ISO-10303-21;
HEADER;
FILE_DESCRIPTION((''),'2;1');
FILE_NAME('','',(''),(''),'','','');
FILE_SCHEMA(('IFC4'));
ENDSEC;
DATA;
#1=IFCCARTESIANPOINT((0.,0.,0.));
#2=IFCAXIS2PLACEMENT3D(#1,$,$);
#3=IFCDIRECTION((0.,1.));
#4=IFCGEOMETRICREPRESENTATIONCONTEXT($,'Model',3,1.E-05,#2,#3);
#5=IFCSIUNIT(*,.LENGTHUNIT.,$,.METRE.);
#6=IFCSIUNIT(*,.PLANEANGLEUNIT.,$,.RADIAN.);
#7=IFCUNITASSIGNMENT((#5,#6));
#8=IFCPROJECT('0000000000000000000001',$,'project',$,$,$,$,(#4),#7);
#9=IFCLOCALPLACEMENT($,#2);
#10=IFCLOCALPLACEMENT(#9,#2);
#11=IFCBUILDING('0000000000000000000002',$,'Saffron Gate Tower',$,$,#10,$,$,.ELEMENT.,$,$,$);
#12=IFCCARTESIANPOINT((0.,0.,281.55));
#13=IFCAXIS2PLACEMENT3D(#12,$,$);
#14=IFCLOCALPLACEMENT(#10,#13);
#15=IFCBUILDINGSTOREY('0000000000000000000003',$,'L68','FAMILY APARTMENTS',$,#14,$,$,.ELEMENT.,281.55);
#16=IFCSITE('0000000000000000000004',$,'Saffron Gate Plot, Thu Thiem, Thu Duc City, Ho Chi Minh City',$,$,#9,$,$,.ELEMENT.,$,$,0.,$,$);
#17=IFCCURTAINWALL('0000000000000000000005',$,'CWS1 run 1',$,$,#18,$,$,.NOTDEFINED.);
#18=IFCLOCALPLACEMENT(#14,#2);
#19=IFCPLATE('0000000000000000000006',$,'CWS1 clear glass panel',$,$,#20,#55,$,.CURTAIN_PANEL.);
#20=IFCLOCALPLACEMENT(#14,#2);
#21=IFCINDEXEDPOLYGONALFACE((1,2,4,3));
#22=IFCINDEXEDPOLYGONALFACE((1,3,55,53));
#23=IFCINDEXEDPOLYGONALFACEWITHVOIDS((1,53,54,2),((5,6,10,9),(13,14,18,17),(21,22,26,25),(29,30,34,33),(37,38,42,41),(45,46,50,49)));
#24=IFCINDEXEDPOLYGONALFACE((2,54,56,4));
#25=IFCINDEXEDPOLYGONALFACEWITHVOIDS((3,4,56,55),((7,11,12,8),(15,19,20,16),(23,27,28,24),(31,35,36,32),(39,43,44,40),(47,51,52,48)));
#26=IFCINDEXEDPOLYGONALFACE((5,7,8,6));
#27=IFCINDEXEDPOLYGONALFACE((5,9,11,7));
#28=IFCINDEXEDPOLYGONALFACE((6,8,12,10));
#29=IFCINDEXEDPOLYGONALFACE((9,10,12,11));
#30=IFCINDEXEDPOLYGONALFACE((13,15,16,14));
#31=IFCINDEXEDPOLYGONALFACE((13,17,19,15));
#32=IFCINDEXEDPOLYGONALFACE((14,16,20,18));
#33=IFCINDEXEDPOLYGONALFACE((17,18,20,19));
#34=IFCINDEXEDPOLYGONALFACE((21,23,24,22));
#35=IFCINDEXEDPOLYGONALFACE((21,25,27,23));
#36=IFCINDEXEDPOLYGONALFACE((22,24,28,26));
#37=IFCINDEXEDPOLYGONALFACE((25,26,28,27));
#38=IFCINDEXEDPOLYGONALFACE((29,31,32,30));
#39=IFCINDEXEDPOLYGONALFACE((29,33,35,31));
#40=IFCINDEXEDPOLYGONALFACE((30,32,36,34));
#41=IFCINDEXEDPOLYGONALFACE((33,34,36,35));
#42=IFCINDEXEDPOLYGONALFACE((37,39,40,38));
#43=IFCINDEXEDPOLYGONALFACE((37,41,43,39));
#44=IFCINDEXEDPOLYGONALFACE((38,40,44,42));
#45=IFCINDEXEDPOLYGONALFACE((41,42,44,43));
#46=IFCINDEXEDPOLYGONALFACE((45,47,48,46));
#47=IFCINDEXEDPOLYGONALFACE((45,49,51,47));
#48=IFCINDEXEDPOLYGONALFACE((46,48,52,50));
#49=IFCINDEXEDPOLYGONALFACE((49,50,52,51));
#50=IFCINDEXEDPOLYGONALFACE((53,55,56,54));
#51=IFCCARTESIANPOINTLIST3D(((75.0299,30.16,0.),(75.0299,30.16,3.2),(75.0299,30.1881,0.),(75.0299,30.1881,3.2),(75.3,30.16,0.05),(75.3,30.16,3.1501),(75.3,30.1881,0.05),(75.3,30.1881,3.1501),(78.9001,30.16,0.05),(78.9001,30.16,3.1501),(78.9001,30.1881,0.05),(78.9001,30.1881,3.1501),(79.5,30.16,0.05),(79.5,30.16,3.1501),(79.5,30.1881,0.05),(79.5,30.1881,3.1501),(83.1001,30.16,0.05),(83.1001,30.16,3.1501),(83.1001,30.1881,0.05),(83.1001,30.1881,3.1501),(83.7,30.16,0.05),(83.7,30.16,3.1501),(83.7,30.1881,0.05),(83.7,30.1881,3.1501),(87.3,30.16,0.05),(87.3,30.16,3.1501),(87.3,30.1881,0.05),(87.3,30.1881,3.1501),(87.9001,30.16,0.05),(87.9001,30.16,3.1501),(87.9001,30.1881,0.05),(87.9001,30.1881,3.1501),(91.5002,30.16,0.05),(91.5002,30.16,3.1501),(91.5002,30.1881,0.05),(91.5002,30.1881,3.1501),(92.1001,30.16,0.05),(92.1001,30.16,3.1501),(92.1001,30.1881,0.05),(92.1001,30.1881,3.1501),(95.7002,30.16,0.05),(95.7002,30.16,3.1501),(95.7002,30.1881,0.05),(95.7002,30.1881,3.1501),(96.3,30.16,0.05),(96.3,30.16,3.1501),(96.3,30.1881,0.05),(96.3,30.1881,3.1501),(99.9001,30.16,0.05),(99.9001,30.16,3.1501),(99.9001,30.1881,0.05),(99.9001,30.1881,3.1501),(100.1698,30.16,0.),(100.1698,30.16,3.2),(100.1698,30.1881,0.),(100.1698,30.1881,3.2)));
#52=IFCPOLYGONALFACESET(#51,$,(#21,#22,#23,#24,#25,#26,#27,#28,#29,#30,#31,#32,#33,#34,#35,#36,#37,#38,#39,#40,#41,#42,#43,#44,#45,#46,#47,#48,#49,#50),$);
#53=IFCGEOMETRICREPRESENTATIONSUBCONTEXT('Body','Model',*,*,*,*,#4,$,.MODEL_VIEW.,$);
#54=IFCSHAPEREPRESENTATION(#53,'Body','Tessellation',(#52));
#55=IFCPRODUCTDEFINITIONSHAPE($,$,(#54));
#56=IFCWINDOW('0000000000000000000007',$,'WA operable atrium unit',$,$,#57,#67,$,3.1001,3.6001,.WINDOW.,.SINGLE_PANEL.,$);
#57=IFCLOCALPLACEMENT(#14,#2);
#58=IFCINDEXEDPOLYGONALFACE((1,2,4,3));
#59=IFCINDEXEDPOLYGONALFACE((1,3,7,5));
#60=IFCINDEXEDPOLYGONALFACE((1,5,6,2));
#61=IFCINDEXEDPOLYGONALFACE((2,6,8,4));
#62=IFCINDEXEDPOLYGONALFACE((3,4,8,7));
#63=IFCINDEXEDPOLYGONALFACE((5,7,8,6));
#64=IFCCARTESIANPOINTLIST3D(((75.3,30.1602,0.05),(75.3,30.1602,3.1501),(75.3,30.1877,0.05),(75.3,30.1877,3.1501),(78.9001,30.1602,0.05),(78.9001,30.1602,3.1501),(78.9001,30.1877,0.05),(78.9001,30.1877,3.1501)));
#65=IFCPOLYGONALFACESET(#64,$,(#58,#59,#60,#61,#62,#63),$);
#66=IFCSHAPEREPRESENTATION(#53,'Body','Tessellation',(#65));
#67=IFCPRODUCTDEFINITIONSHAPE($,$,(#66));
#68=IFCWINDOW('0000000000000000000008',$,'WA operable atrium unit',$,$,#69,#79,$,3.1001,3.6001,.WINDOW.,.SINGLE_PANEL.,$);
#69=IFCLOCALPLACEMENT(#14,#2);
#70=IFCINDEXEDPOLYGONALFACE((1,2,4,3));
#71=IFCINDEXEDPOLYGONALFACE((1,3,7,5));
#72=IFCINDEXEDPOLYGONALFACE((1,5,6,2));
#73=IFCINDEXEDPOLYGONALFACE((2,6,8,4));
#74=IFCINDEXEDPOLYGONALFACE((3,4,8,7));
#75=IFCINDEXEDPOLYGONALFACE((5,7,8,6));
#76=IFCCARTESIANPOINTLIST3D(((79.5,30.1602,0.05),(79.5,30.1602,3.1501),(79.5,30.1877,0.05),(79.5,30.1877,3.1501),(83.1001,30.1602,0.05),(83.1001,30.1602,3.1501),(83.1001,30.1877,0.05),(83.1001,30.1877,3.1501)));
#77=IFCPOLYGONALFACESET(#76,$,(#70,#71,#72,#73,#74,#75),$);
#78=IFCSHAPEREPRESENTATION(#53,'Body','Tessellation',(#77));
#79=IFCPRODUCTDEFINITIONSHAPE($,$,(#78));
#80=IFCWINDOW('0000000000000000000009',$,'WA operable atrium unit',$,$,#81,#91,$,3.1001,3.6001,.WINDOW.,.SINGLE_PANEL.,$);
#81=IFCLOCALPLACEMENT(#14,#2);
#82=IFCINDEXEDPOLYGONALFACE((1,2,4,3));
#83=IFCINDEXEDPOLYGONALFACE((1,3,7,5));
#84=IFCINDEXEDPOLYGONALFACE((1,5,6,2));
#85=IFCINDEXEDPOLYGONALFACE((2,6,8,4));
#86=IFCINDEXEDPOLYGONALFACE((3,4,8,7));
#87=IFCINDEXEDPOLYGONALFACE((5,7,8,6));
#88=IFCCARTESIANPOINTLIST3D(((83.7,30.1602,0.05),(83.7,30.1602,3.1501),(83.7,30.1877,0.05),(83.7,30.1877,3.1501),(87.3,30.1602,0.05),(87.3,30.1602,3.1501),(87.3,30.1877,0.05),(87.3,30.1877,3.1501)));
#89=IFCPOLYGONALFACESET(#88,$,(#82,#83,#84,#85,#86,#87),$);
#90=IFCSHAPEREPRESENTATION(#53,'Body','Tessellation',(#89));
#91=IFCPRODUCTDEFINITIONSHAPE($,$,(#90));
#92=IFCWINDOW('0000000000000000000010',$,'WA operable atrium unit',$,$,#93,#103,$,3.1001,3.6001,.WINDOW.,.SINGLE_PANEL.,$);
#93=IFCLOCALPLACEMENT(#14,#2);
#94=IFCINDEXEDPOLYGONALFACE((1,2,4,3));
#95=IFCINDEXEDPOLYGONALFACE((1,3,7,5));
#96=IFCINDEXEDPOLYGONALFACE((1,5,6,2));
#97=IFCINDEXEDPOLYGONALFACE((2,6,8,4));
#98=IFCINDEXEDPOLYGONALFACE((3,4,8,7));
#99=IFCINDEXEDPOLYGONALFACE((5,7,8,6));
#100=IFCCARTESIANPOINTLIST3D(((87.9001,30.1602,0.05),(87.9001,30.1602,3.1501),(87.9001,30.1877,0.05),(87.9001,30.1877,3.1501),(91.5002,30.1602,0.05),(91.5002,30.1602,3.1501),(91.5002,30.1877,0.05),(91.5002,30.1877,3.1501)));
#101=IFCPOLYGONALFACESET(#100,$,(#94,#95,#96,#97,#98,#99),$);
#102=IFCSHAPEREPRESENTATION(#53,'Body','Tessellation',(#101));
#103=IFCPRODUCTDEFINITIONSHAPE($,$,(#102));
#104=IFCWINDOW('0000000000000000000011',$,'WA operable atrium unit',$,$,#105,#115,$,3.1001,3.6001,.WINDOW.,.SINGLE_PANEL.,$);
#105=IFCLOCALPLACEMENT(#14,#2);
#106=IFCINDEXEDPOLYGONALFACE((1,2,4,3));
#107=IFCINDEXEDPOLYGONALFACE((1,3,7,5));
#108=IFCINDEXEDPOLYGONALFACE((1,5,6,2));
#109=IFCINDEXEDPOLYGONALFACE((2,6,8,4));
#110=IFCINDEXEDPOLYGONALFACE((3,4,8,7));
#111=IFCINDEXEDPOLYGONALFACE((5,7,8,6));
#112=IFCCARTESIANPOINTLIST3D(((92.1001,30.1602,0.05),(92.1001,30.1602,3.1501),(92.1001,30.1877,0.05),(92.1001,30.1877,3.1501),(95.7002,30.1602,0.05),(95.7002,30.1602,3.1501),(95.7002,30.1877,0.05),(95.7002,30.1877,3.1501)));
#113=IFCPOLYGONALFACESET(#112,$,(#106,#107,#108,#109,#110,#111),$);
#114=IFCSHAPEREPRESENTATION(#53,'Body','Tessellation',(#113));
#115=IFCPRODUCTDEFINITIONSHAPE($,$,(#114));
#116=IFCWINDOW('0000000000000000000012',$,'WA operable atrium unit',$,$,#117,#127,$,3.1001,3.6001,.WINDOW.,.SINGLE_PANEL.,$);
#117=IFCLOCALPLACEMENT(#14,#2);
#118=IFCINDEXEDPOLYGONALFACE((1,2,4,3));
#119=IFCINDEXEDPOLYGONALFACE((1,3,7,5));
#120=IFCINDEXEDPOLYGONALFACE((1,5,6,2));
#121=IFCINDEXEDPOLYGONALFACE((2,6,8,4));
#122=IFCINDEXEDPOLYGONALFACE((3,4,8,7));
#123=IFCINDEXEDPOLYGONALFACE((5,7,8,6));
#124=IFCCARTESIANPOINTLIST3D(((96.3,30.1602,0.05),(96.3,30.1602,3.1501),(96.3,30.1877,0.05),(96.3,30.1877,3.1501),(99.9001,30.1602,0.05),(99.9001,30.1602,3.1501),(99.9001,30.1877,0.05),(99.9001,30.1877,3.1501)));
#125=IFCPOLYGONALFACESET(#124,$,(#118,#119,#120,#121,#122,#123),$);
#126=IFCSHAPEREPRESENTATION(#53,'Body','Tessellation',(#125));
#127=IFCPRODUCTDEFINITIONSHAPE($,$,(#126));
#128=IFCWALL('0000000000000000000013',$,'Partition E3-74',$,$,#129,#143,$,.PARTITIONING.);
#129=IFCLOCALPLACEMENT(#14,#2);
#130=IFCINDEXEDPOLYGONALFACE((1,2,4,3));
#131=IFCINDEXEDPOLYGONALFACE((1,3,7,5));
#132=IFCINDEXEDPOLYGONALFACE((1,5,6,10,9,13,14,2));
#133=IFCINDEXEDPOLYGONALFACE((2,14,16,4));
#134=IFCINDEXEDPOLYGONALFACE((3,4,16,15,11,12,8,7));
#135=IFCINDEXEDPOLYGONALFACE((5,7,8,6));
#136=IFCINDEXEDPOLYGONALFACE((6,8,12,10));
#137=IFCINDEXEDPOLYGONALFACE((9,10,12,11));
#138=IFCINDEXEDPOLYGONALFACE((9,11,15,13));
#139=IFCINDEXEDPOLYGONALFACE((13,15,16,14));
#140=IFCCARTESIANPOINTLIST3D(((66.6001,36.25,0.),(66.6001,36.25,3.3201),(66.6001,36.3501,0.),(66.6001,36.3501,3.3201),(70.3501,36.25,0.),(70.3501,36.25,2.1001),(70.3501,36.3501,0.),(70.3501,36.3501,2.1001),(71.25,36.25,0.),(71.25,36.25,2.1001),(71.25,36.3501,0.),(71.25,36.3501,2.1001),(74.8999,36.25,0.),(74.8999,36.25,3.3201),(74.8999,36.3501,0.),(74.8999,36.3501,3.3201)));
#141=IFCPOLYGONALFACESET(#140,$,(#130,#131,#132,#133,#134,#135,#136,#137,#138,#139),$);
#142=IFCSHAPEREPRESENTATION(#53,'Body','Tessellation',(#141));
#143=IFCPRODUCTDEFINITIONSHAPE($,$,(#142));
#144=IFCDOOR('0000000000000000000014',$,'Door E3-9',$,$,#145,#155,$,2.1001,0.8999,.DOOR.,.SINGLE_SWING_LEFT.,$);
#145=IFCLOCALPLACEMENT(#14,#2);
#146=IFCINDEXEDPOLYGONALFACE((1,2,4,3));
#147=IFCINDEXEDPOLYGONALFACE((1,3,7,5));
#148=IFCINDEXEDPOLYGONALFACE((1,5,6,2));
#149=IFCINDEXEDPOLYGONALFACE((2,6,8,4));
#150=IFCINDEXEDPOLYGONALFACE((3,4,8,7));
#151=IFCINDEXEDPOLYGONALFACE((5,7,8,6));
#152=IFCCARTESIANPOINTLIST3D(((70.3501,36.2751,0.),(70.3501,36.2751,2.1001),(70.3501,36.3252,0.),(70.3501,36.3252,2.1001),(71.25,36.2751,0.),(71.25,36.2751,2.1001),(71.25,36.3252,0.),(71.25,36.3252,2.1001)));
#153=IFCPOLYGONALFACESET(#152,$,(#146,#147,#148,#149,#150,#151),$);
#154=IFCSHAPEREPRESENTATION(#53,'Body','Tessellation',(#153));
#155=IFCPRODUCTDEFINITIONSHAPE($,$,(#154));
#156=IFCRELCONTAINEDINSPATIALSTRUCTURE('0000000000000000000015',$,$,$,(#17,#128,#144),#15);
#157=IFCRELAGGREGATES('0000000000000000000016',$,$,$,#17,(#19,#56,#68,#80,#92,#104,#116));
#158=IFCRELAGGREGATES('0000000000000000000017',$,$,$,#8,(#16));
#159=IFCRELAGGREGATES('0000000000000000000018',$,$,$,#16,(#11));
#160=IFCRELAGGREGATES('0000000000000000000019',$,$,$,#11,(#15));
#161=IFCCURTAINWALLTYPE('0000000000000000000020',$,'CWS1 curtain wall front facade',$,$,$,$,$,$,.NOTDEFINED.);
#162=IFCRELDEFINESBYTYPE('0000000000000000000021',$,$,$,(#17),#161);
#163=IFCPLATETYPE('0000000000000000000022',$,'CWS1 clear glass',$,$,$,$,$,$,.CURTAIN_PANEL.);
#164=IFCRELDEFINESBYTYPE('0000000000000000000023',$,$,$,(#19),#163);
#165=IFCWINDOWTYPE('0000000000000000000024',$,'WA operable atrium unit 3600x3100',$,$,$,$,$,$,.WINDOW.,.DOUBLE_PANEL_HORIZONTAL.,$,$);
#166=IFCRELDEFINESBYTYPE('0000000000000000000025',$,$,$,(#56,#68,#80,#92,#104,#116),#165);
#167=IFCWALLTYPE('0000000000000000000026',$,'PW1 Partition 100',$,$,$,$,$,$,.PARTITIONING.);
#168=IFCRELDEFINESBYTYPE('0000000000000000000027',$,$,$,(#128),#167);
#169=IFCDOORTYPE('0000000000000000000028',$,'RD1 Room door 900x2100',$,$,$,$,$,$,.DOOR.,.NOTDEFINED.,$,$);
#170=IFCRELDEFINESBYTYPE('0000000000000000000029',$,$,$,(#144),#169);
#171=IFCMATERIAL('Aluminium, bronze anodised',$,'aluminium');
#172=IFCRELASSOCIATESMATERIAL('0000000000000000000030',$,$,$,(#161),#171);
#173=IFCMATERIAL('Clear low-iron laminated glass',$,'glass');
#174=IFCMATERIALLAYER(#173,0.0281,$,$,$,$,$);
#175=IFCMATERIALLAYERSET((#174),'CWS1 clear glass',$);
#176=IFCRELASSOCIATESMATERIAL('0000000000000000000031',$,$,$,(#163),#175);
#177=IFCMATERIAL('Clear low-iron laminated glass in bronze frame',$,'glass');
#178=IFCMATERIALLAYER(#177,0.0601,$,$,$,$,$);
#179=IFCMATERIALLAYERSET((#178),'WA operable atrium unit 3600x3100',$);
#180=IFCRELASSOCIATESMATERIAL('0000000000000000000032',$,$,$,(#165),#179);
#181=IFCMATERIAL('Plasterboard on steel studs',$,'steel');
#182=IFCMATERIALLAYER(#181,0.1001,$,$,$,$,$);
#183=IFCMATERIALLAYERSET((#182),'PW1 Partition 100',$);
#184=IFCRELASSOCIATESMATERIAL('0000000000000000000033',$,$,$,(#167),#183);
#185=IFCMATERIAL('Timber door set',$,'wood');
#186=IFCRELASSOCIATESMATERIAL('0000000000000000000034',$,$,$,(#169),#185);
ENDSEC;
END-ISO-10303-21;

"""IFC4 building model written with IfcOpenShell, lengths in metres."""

from ifc_helpers import new_model, si_unit, direction, frame, frame_2d, origin, place, context, subcontext, project, spatial, rectangle, extrude, material, layer, layer_set, type_object, element, fill, aggregate, save


model = new_model("IFC4")

# Units and contexts
model_context = context("Model", 3, precision=1e-05, world=origin(), true_north=direction((0.0, 1.0)))
body_context = subcontext(model_context, "Body", "Model", "MODEL_VIEW")
ifc_project = project(units=[si_unit("LENGTHUNIT", "METRE"), si_unit("PLANEANGLEUNIT", "RADIAN")], contexts=[model_context])

# Site, building, storey
site_placement = place(None, origin())
site = spatial("IfcSite", under=ifc_project, at=site_placement, Name="Saffron Gate Plot, Thu Thiem, Thu Duc City, Ho Chi Minh City", CompositionType="ELEMENT", RefElevation=0.0)
building_placement = place(site_placement, origin())
building = spatial("IfcBuilding", under=site, at=building_placement, Name="Saffron Gate Tower", CompositionType="ELEMENT")
storey_placement = place(building_placement, frame((0.0, 0.0, 281.55)))
storey = spatial("IfcBuildingStorey", under=building, at=storey_placement, Name="L68", Description="FAMILY APARTMENTS", CompositionType="ELEMENT", Elevation=281.55)

# Curtain wall, plate, openings, windows
ifc_material_1 = material(Name="Aluminium, bronze anodised", Category="aluminium")
curtain_wall_type = type_object("IfcCurtainWallType", Name="CWS1 curtain wall front facade", PredefinedType="NOTDEFINED", material=ifc_material_1)
curtain_wall_placement = place(storey_placement, origin())
curtain_wall = element("IfcCurtainWall", 1, at=curtain_wall_placement, inside=storey, type_object=curtain_wall_type, Name="CWS1 run 1", PredefinedType="NOTDEFINED")
ifc_material_2 = material(Name="Clear low-iron laminated glass", Category="glass")
ifc_layer_1 = layer(ifc_material_2, 0.0281)
ifc_layer_set_1 = layer_set([ifc_layer_1], Name="CWS1 clear glass")
plate_type = type_object("IfcPlateType", Name="CWS1 clear glass", PredefinedType="CURTAIN_PANEL", material=ifc_layer_set_1)
plate_placement = place(storey_placement, frame((75.03, 30.1741, 0.0), z_axis=(0.0, 0.0, 1.0), x_axis=(1.0, 0.0, 0.0)))
plate = element("IfcPlate", 2, at=plate_placement, type_object=plate_type, Name="CWS1 clear glass panel", PredefinedType="CURTAIN_PANEL", context=body_context, shape_type="SweptSolid", body=[
    extrude(rectangle(XDim=25.1399, YDim=0.0281, at=frame_2d((12.5698, 0.0))), origin(), (0.0, 0.0, 1.0), 3.2),
])
opening_1_placement = place(plate_placement, frame((0.27, 0.0, 0.05)))
opening_1 = element("IfcOpeningElement", 3, at=opening_1_placement, cuts=plate, PredefinedType="OPENING", context=body_context, shape_type="SweptSolid", body=[
    extrude(rectangle(XDim=3.6001, YDim=3.1001, at=frame_2d((1.8, 1.55))), frame((0.0, 0.0239, 0.0), z_axis=(0.0, -1.0, 0.0), x_axis=(1.0, 0.0, 0.0)), (0.0, 0.0, 1.0), 0.0481),
])
opening_2_placement = place(plate_placement, frame((4.47, 0.0, 0.05)))
opening_2 = element("IfcOpeningElement", 4, at=opening_2_placement, cuts=plate, PredefinedType="OPENING", context=body_context, shape_type="SweptSolid", body=[
    extrude(rectangle(XDim=3.6001, YDim=3.1001, at=frame_2d((1.8, 1.55))), frame((0.0, 0.0239, 0.0), z_axis=(0.0, -1.0, 0.0), x_axis=(1.0, 0.0, 0.0)), (0.0, 0.0, 1.0), 0.0481),
])
opening_3_placement = place(plate_placement, frame((8.6699, 0.0, 0.05)))
opening_3 = element("IfcOpeningElement", 5, at=opening_3_placement, cuts=plate, PredefinedType="OPENING", context=body_context, shape_type="SweptSolid", body=[
    extrude(rectangle(XDim=3.6001, YDim=3.1001, at=frame_2d((1.8, 1.55))), frame((0.0, 0.0239, 0.0), z_axis=(0.0, -1.0, 0.0), x_axis=(1.0, 0.0, 0.0)), (0.0, 0.0, 1.0), 0.0481),
])
opening_4_placement = place(plate_placement, frame((12.8701, 0.0, 0.05)))
opening_4 = element("IfcOpeningElement", 6, at=opening_4_placement, cuts=plate, PredefinedType="OPENING", context=body_context, shape_type="SweptSolid", body=[
    extrude(rectangle(XDim=3.6001, YDim=3.1001, at=frame_2d((1.8, 1.55))), frame((0.0, 0.0239, 0.0), z_axis=(0.0, -1.0, 0.0), x_axis=(1.0, 0.0, 0.0)), (0.0, 0.0, 1.0), 0.0481),
])
opening_5_placement = place(plate_placement, frame((17.0701, 0.0, 0.05)))
opening_5 = element("IfcOpeningElement", 7, at=opening_5_placement, cuts=plate, PredefinedType="OPENING", context=body_context, shape_type="SweptSolid", body=[
    extrude(rectangle(XDim=3.6001, YDim=3.1001, at=frame_2d((1.8, 1.55))), frame((0.0, 0.0239, 0.0), z_axis=(0.0, -1.0, 0.0), x_axis=(1.0, 0.0, 0.0)), (0.0, 0.0, 1.0), 0.0481),
])
opening_6_placement = place(plate_placement, frame((21.27, 0.0, 0.05)))
opening_6 = element("IfcOpeningElement", 8, at=opening_6_placement, cuts=plate, PredefinedType="OPENING", context=body_context, shape_type="SweptSolid", body=[
    extrude(rectangle(XDim=3.6001, YDim=3.1001, at=frame_2d((1.8, 1.55))), frame((0.0, 0.0239, 0.0), z_axis=(0.0, -1.0, 0.0), x_axis=(1.0, 0.0, 0.0)), (0.0, 0.0, 1.0), 0.0481),
])
ifc_material_3 = material(Name="Clear low-iron laminated glass in bronze frame", Category="glass")
ifc_layer_2 = layer(ifc_material_3, 0.0601)
ifc_layer_set_2 = layer_set([ifc_layer_2], Name="WA operable atrium unit 3600x3100")
window_type = type_object("IfcWindowType", Name="WA operable atrium unit 3600x3100", PartitioningType="DOUBLE_PANEL_HORIZONTAL", PredefinedType="WINDOW", material=ifc_layer_set_2)
window_1_placement = place(opening_1_placement, origin())
window_1 = element("IfcWindow", 9, at=window_1_placement, type_object=window_type, Name="WA operable atrium unit", OverallHeight=3.1001, OverallWidth=3.6001, PartitioningType="SINGLE_PANEL", PredefinedType="WINDOW", context=body_context, shape_type="SweptSolid", body=[
    extrude(rectangle(XDim=3.6001, YDim=3.1001, at=frame_2d((1.8, 1.55))), frame((0.0, 0.0137, 0.0), z_axis=(0.0, -1.0, 0.0), x_axis=(1.0, 0.0, 0.0)), (0.0, 0.0, 1.0), 0.0276),
])
fill(opening_1, window_1)
window_2_placement = place(opening_2_placement, origin())
window_2 = element("IfcWindow", 10, at=window_2_placement, type_object=window_type, Name="WA operable atrium unit", OverallHeight=3.1001, OverallWidth=3.6001, PartitioningType="SINGLE_PANEL", PredefinedType="WINDOW", context=body_context, shape_type="SweptSolid", body=[
    extrude(rectangle(XDim=3.6001, YDim=3.1001, at=frame_2d((1.8, 1.55))), frame((0.0, 0.0137, 0.0), z_axis=(0.0, -1.0, 0.0), x_axis=(1.0, 0.0, 0.0)), (0.0, 0.0, 1.0), 0.0276),
])
fill(opening_2, window_2)
window_3_placement = place(opening_3_placement, origin())
window_3 = element("IfcWindow", 11, at=window_3_placement, type_object=window_type, Name="WA operable atrium unit", OverallHeight=3.1001, OverallWidth=3.6001, PartitioningType="SINGLE_PANEL", PredefinedType="WINDOW", context=body_context, shape_type="SweptSolid", body=[
    extrude(rectangle(XDim=3.6001, YDim=3.1001, at=frame_2d((1.8, 1.55))), frame((0.0, 0.0137, 0.0), z_axis=(0.0, -1.0, 0.0), x_axis=(1.0, 0.0, 0.0)), (0.0, 0.0, 1.0), 0.0276),
])
fill(opening_3, window_3)
window_4_placement = place(opening_4_placement, origin())
window_4 = element("IfcWindow", 12, at=window_4_placement, type_object=window_type, Name="WA operable atrium unit", OverallHeight=3.1001, OverallWidth=3.6001, PartitioningType="SINGLE_PANEL", PredefinedType="WINDOW", context=body_context, shape_type="SweptSolid", body=[
    extrude(rectangle(XDim=3.6001, YDim=3.1001, at=frame_2d((1.8, 1.55))), frame((0.0, 0.0137, 0.0), z_axis=(0.0, -1.0, 0.0), x_axis=(1.0, 0.0, 0.0)), (0.0, 0.0, 1.0), 0.0276),
])
fill(opening_4, window_4)
window_5_placement = place(opening_5_placement, origin())
window_5 = element("IfcWindow", 13, at=window_5_placement, type_object=window_type, Name="WA operable atrium unit", OverallHeight=3.1001, OverallWidth=3.6001, PartitioningType="SINGLE_PANEL", PredefinedType="WINDOW", context=body_context, shape_type="SweptSolid", body=[
    extrude(rectangle(XDim=3.6001, YDim=3.1001, at=frame_2d((1.8, 1.55))), frame((0.0, 0.0137, 0.0), z_axis=(0.0, -1.0, 0.0), x_axis=(1.0, 0.0, 0.0)), (0.0, 0.0, 1.0), 0.0276),
])
fill(opening_5, window_5)
window_6_placement = place(opening_6_placement, origin())
window_6 = element("IfcWindow", 14, at=window_6_placement, type_object=window_type, Name="WA operable atrium unit", OverallHeight=3.1001, OverallWidth=3.6001, PartitioningType="SINGLE_PANEL", PredefinedType="WINDOW", context=body_context, shape_type="SweptSolid", body=[
    extrude(rectangle(XDim=3.6001, YDim=3.1001, at=frame_2d((1.8, 1.55))), frame((0.0, 0.0137, 0.0), z_axis=(0.0, -1.0, 0.0), x_axis=(1.0, 0.0, 0.0)), (0.0, 0.0, 1.0), 0.0276),
])
fill(opening_6, window_6)
aggregate(curtain_wall, [plate, window_1, window_2, window_3, window_4, window_5, window_6])

# Wall, opening, door
ifc_material_4 = material(Name="Plasterboard on steel studs", Category="steel")
ifc_layer_3 = layer(ifc_material_4, 0.1001)
ifc_layer_set_3 = layer_set([ifc_layer_3], Name="PW1 Partition 100")
wall_type_1 = type_object("IfcWallType", Name="PW1 Partition 100", PredefinedType="PARTITIONING", material=ifc_layer_set_3)
wall_1_placement = place(storey_placement, frame((74.8999, 36.3, 0.0), z_axis=(0.0, 0.0, 1.0), x_axis=(-1.0, 0.0, 0.0)))
wall_1 = element("IfcWall", 15, at=wall_1_placement, inside=storey, type_object=wall_type_1, Name="Partition E3-74", PredefinedType="PARTITIONING", context=body_context, shape_type="SweptSolid", body=[
    extrude(rectangle(XDim=8.2998, YDim=0.1001, at=frame_2d((4.1499, 0.0))), origin(), (0.0, 0.0, 1.0), 3.3201),
])
opening_7_placement = place(wall_1_placement, frame((3.6499, 0.0, 0.0)))
opening_7 = element("IfcOpeningElement", 16, at=opening_7_placement, cuts=wall_1, PredefinedType="OPENING", context=body_context, shape_type="SweptSolid", body=[
    extrude(rectangle(XDim=0.8999, YDim=2.1001, at=frame_2d((0.45, 1.05))), frame((0.0, 0.0601, 0.0), z_axis=(0.0, -1.0, 0.0), x_axis=(1.0, 0.0, 0.0)), (0.0, 0.0, 1.0), 0.1201),
])
ifc_material_5 = material(Name="Timber door set", Category="wood")
door_type_1 = type_object("IfcDoorType", Name="RD1 Room door 900x2100", OperationType="NOTDEFINED", PredefinedType="DOOR", material=ifc_material_5)
door_1_placement = place(opening_7_placement, origin())
door_1 = element("IfcDoor", 17, at=door_1_placement, inside=storey, type_object=door_type_1, Name="Door E3-9", OperationType="SINGLE_SWING_LEFT", OverallHeight=2.1001, OverallWidth=0.8999, PredefinedType="DOOR", context=body_context, shape_type="SweptSolid", body=[
    extrude(rectangle(XDim=0.8999, YDim=2.1001, at=frame_2d((0.45, 1.05))), frame((0.0, 0.0249, 0.0), z_axis=(0.0, -1.0, 0.0), x_axis=(1.0, 0.0, 0.0)), (0.0, 0.0, 1.0), 0.05),
])
fill(opening_7, door_1)

save(model, "model.ifc")
